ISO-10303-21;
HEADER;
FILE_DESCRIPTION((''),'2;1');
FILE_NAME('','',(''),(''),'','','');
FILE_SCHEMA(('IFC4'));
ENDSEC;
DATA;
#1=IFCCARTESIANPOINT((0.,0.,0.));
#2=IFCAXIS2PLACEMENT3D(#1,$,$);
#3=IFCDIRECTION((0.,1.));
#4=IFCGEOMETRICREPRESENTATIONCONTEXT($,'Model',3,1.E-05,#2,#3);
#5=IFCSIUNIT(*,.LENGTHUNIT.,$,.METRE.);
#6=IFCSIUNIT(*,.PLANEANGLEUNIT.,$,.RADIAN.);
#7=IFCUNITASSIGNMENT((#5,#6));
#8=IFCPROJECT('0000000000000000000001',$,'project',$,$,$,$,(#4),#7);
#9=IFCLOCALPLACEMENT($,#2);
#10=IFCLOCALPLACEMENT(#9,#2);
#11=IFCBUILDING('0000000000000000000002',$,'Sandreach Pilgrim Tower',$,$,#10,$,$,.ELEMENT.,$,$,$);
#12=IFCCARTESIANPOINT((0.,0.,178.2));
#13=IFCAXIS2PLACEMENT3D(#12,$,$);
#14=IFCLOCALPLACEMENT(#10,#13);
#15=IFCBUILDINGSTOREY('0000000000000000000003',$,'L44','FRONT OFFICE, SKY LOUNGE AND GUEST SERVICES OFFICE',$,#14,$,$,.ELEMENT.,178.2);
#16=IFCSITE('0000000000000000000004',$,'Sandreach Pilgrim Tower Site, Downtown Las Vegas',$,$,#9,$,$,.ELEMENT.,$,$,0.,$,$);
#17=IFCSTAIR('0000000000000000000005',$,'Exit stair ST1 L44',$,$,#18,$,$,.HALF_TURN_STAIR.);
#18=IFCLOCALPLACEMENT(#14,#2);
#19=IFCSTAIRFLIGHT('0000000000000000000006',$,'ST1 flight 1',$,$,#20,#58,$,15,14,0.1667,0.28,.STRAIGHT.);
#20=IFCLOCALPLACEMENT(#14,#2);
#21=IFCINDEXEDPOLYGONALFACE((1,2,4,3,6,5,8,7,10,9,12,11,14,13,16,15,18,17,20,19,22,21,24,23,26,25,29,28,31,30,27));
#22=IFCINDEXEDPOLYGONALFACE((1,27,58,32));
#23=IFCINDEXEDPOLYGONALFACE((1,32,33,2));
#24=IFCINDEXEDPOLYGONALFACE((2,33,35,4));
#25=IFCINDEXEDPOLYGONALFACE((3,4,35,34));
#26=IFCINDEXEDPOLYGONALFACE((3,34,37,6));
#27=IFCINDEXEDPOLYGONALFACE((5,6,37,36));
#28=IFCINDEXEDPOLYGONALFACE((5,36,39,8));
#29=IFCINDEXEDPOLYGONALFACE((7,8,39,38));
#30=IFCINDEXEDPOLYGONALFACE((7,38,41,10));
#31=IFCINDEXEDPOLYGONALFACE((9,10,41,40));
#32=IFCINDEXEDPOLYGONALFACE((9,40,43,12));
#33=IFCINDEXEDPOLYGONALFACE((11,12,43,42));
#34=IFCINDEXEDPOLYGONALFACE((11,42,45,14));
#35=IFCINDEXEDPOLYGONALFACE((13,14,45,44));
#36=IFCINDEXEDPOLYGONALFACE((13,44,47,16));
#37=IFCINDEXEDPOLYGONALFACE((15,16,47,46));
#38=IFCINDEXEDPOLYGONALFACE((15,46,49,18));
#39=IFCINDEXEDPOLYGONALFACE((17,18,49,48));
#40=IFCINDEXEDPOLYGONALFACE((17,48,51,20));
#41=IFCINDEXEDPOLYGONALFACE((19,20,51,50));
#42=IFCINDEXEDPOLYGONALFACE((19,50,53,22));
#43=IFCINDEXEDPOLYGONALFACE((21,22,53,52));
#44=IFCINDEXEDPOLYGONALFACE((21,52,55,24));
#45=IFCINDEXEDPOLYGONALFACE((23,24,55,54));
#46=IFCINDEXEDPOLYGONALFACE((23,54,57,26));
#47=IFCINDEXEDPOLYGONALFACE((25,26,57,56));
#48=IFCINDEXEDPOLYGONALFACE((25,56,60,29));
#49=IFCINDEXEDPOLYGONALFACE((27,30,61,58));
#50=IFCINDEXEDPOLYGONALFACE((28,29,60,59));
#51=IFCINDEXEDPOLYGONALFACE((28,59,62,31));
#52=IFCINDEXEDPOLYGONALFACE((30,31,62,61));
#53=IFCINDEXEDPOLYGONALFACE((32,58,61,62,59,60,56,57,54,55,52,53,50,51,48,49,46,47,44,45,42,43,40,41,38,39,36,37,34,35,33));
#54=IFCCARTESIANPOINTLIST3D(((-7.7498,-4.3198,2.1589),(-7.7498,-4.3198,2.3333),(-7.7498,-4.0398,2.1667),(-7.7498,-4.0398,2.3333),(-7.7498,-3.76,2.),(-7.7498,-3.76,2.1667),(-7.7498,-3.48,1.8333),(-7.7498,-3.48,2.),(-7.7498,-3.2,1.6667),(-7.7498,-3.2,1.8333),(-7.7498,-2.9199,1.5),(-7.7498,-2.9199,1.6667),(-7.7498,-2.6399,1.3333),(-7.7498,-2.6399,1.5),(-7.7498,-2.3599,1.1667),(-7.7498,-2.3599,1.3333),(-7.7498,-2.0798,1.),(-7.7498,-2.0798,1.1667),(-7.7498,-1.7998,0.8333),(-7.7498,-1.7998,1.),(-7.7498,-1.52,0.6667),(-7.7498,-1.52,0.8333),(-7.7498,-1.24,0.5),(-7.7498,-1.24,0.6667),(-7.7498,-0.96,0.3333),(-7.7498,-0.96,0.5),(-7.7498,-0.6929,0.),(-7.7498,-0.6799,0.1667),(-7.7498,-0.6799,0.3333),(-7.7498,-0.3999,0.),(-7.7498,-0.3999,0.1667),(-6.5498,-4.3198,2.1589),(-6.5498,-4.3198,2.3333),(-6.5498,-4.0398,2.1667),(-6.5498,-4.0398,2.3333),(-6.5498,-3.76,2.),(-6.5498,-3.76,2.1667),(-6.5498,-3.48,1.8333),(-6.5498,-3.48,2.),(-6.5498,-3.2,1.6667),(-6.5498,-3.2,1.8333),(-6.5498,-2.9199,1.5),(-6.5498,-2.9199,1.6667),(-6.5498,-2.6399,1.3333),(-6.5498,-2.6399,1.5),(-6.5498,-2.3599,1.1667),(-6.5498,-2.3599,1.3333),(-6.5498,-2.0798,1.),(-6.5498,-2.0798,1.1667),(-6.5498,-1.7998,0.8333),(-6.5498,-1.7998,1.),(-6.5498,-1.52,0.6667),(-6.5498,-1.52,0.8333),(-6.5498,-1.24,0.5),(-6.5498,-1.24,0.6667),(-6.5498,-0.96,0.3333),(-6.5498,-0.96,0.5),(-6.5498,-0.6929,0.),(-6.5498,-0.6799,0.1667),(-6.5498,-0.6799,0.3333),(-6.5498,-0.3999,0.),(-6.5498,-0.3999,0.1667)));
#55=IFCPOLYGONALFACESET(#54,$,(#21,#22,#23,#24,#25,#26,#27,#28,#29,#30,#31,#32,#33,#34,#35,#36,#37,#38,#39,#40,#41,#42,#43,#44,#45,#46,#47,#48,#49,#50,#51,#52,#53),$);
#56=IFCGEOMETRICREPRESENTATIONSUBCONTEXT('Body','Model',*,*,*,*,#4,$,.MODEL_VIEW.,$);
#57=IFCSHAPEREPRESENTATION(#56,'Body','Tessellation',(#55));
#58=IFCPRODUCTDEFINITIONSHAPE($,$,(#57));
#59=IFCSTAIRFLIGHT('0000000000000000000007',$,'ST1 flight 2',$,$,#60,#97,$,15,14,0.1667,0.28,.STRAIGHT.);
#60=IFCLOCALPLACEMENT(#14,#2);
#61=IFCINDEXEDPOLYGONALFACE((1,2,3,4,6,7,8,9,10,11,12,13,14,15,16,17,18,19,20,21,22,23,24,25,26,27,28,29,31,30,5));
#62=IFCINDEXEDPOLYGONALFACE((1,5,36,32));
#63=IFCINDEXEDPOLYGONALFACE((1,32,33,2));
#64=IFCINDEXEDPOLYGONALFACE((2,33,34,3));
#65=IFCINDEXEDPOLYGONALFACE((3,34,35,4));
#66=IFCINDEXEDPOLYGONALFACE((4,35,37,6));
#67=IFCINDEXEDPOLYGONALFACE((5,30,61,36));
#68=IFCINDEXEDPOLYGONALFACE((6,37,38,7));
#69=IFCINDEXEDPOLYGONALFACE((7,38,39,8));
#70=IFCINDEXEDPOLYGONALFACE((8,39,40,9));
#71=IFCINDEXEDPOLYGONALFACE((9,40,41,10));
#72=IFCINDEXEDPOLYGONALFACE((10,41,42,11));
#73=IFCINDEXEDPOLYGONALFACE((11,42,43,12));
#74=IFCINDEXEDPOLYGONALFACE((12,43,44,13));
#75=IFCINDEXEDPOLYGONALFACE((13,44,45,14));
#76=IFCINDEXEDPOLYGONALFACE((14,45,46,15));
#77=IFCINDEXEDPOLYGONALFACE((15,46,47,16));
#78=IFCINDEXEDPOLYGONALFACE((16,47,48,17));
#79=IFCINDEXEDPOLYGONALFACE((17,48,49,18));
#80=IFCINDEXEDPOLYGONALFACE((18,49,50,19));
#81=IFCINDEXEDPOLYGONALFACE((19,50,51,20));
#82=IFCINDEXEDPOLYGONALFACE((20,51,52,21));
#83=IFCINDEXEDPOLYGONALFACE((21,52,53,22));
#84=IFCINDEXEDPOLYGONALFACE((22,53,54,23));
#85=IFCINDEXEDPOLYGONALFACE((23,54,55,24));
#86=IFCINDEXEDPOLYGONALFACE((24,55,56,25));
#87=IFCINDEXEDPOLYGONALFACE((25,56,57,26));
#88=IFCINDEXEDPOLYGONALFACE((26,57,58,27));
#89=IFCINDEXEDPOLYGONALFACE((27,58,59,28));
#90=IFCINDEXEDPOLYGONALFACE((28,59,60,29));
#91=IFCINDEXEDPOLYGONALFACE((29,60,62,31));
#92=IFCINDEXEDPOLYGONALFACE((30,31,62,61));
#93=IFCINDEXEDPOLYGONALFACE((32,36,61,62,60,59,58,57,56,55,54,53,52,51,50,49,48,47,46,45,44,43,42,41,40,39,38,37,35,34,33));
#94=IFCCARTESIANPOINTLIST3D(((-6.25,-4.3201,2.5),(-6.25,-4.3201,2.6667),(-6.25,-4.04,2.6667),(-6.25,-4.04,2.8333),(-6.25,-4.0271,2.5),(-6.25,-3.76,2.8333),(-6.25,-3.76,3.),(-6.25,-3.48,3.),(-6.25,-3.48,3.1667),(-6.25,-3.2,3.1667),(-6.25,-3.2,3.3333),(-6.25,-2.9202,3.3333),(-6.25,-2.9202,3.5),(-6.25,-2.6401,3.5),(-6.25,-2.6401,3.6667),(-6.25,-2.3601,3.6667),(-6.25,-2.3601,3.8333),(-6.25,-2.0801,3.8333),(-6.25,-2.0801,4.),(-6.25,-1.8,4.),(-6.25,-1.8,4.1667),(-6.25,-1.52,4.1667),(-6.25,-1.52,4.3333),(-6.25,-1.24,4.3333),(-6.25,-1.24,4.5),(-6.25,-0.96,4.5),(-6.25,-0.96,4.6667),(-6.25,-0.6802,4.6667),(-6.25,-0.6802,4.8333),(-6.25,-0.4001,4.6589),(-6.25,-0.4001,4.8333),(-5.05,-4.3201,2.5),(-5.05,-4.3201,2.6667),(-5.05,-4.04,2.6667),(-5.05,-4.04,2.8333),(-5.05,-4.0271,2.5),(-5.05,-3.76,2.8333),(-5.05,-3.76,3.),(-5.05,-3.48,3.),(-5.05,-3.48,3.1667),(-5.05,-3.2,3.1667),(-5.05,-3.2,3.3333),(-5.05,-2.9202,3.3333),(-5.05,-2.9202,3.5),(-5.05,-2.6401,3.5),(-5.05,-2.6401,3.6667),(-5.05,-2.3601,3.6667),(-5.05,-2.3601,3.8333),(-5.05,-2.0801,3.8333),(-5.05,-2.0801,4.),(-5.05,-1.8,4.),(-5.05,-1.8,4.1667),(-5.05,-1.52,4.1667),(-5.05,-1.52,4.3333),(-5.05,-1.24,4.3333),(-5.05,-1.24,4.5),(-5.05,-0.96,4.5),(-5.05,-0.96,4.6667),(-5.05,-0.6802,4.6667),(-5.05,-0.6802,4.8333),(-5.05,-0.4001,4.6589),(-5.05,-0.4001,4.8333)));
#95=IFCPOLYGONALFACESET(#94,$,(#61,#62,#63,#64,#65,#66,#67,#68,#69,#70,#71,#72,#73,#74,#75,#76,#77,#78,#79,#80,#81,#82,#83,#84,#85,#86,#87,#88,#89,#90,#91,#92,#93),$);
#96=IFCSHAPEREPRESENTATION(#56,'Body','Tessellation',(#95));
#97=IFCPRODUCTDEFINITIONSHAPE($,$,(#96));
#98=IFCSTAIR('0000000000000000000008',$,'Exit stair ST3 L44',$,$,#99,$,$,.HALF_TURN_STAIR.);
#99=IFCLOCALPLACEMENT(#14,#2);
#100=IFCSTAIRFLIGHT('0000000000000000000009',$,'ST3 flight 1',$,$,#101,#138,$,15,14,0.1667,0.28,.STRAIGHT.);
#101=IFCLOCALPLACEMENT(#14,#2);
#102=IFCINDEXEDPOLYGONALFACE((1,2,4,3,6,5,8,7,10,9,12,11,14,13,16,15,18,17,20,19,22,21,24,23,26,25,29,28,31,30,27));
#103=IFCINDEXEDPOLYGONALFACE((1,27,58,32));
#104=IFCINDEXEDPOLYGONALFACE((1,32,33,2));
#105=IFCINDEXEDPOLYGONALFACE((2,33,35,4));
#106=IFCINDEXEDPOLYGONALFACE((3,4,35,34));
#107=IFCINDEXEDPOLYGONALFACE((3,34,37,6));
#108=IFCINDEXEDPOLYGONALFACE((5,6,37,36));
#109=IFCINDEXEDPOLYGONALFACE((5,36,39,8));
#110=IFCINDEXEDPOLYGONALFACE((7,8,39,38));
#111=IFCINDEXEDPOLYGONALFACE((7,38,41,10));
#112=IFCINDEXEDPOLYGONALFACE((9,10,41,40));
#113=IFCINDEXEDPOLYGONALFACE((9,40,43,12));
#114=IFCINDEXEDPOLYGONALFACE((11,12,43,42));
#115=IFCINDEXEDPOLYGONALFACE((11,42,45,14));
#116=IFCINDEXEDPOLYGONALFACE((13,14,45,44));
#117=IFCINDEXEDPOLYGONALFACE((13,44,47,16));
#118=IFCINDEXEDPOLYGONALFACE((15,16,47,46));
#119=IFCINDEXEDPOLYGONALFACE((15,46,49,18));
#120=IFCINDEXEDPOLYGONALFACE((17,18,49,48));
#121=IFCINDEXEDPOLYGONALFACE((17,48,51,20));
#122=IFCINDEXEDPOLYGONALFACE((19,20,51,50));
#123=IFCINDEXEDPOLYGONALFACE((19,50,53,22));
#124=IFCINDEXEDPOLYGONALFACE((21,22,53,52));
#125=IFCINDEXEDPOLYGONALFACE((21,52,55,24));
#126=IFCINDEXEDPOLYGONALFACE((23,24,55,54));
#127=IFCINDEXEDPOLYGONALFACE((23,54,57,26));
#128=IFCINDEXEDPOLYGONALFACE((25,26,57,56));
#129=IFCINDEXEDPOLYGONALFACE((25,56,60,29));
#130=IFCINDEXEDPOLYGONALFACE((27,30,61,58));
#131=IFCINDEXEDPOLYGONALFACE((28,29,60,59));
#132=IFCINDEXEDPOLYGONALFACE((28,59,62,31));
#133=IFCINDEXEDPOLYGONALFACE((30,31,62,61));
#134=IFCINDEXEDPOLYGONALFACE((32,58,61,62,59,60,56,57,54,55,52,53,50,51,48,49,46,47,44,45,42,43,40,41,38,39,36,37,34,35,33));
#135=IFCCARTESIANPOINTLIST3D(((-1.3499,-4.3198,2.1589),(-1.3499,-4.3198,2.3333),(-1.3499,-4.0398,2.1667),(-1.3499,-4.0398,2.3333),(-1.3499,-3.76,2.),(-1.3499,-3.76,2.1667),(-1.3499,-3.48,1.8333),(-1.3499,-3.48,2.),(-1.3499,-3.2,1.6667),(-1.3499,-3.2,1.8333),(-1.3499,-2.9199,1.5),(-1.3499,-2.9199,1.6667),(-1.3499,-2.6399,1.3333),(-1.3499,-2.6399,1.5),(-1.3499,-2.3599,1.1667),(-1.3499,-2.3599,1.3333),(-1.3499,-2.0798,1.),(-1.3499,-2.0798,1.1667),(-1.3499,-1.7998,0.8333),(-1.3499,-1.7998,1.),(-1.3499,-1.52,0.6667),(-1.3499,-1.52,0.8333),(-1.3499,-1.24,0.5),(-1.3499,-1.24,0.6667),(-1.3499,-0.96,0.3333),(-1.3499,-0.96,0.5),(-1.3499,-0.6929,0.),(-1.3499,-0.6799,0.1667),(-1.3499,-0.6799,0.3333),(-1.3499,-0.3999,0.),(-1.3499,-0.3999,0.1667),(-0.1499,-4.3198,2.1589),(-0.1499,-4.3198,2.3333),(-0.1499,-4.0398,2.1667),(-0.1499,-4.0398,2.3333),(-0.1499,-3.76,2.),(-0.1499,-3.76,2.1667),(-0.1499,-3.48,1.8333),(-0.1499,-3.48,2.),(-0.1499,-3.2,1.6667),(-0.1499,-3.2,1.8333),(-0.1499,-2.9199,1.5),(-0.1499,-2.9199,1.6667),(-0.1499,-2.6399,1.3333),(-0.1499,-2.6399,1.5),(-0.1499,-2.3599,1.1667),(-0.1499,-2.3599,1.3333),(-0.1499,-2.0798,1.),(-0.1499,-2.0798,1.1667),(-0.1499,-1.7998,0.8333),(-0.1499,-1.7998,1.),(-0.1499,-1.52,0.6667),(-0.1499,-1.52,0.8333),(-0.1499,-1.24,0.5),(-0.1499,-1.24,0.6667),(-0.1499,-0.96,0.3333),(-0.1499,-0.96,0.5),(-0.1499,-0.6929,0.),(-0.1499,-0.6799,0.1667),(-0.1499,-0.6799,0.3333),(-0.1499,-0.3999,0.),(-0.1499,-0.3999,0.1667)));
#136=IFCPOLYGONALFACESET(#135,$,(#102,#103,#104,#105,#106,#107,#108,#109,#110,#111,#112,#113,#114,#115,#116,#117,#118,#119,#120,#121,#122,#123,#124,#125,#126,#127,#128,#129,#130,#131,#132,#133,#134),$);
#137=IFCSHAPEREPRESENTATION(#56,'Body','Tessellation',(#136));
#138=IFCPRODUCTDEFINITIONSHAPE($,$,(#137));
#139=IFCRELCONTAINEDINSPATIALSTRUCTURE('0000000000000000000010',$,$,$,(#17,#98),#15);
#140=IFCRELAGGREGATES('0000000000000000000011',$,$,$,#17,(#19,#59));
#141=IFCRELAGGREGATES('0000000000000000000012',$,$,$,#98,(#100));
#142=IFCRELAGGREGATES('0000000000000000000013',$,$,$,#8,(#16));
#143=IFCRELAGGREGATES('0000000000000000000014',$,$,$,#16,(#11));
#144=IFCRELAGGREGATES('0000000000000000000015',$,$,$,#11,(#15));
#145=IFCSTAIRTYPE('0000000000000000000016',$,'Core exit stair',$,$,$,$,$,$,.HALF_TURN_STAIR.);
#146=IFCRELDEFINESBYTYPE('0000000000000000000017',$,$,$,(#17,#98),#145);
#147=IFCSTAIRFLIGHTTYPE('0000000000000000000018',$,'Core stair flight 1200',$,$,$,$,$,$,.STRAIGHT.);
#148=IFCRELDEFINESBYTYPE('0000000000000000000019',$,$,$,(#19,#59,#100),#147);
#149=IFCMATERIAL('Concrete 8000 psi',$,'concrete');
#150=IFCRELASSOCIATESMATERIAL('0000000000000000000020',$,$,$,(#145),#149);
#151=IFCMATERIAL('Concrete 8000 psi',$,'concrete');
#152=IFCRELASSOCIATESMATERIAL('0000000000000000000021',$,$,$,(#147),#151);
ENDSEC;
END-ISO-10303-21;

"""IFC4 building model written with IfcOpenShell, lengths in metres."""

from ifc_helpers import new_model, si_unit, direction, frame, origin, place, context, subcontext, project, spatial, polyline, outline, extrude, material, type_object, element, aggregate, save


model = new_model("IFC4")

# Units and contexts
model_context = context("Model", 3, precision=1e-05, world=origin(), true_north=direction((0.0, 1.0)))
body_context = subcontext(model_context, "Body", "Model", "MODEL_VIEW")
ifc_project = project(units=[si_unit("LENGTHUNIT", "METRE"), si_unit("PLANEANGLEUNIT", "RADIAN")], contexts=[model_context])

# Site, building, storey
site_placement = place(None, origin())
site = spatial("IfcSite", under=ifc_project, at=site_placement, Name="Sandreach Pilgrim Tower Site, Downtown Las Vegas", CompositionType="ELEMENT", RefElevation=0.0)
building_placement = place(site_placement, origin())
building = spatial("IfcBuilding", under=site, at=building_placement, Name="Sandreach Pilgrim Tower", CompositionType="ELEMENT")
storey_placement = place(building_placement, frame((0.0, 0.0, 178.2)))
storey = spatial("IfcBuildingStorey", under=building, at=storey_placement, Name="L44", Description="FRONT OFFICE, SKY LOUNGE AND GUEST SERVICES OFFICE", CompositionType="ELEMENT", Elevation=178.2)

# Stair, stair flights
ifc_material_1 = material(Name="Concrete 8000 psi", Category="concrete")
stair_type = type_object("IfcStairType", Name="Core exit stair", PredefinedType="HALF_TURN_STAIR", material=ifc_material_1)
stair_1_placement = place(storey_placement, origin())
stair_1 = element("IfcStair", 1, at=stair_1_placement, inside=storey, type_object=stair_type, Name="Exit stair ST1 L44", PredefinedType="HALF_TURN_STAIR")
ifc_material_2 = material(Name="Concrete 8000 psi", Category="concrete")
stair_flight_type = type_object("IfcStairFlightType", Name="Core stair flight 1200", PredefinedType="STRAIGHT", material=ifc_material_2)
stair_flight_1_placement = place(storey_placement, frame((-7.1499, -0.3999, 0.0), z_axis=(0.0, 0.0, 1.0), x_axis=(0.0, -1.0, 0.0)))
stair_flight_1 = element("IfcStairFlight", 2, at=stair_flight_1_placement, type_object=stair_flight_type, Name="ST1 flight 1", NumberOfRisers=15, NumberOfTreads=14, PredefinedType="STRAIGHT", RiserHeight=0.1667, TreadLength=0.28, context=body_context, shape_type="SweptSolid", body=[
    extrude(outline(polyline([(0.0, 0.0), (0.0, 0.1667), (0.28, 0.1667), (0.28, 0.3333), (0.5601, 0.3333), (0.5601, 0.5), (0.8401, 0.5), (0.8401, 0.6667), (1.1201, 0.6667), (1.1201, 0.8333), (1.3999, 0.8333), (1.3999, 1.0), (1.6799, 1.0), (1.6799, 1.1667), (1.96, 1.1667), (1.96, 1.3333), (2.24, 1.3333), (2.24, 1.5), (2.52, 1.5), (2.52, 1.6667), (2.8, 1.6667), (2.8, 1.8333), (3.0801, 1.8333), (3.0801, 2.0), (3.3601, 2.0), (3.3601, 2.1667), (3.6399, 2.1667), (3.6399, 2.3333), (3.9199, 2.3333), (3.9199, 2.5), (3.9199, 2.1589), (0.293, 0.0), (0.0, 0.0)])), frame((0.0, 0.6001, 0.0), z_axis=(0.0, -1.0, 0.0), x_axis=(1.0, 0.0, 0.0)), (0.0, 0.0, 1.0), 1.2),
])
stair_flight_2_placement = place(storey_placement, frame((-5.6499, -4.3201, 2.5), z_axis=(0.0, 0.0, 1.0), x_axis=(0.0, 1.0, 0.0)))
stair_flight_2 = element("IfcStairFlight", 3, at=stair_flight_2_placement, type_object=stair_flight_type, Name="ST1 flight 2", NumberOfRisers=15, NumberOfTreads=14, PredefinedType="STRAIGHT", RiserHeight=0.1667, TreadLength=0.28, context=body_context, shape_type="SweptSolid", body=[
    extrude(outline(polyline([(0.0, 0.0), (0.0, 0.1667), (0.28, 0.1667), (0.28, 0.3333), (0.5601, 0.3333), (0.5601, 0.5), (0.8401, 0.5), (0.8401, 0.6667), (1.1201, 0.6667), (1.1201, 0.8333), (1.3999, 0.8333), (1.3999, 1.0), (1.6799, 1.0), (1.6799, 1.1667), (1.96, 1.1667), (1.96, 1.3333), (2.24, 1.3333), (2.24, 1.5), (2.52, 1.5), (2.52, 1.6667), (2.8, 1.6667), (2.8, 1.8333), (3.0801, 1.8333), (3.0801, 2.0), (3.3601, 2.0), (3.3601, 2.1667), (3.6399, 2.1667), (3.6399, 2.3333), (3.9199, 2.3333), (3.9199, 2.5), (3.9199, 2.1589), (0.293, 0.0), (0.0, 0.0)])), frame((0.0, 0.6001, 0.0), z_axis=(0.0, -1.0, 0.0), x_axis=(1.0, 0.0, 0.0)), (0.0, 0.0, 1.0), 1.2),
])
aggregate(stair_1, [stair_flight_1, stair_flight_2])

# Stair, stair flight
stair_2_placement = place(storey_placement, origin())
stair_2 = element("IfcStair", 4, at=stair_2_placement, inside=storey, type_object=stair_type, Name="Exit stair ST3 L44", PredefinedType="HALF_TURN_STAIR")
stair_flight_3_placement = place(storey_placement, frame((-0.75, -0.3999, 0.0), z_axis=(0.0, 0.0, 1.0), x_axis=(0.0, -1.0, 0.0)))
stair_flight_3 = element("IfcStairFlight", 5, at=stair_flight_3_placement, type_object=stair_flight_type, Name="ST3 flight 1", NumberOfRisers=15, NumberOfTreads=14, PredefinedType="STRAIGHT", RiserHeight=0.1667, TreadLength=0.28, context=body_context, shape_type="SweptSolid", body=[
    extrude(outline(polyline([(0.0, 0.0), (0.0, 0.1667), (0.28, 0.1667), (0.28, 0.3333), (0.5601, 0.3333), (0.5601, 0.5), (0.8401, 0.5), (0.8401, 0.6667), (1.1201, 0.6667), (1.1201, 0.8333), (1.3999, 0.8333), (1.3999, 1.0), (1.6799, 1.0), (1.6799, 1.1667), (1.96, 1.1667), (1.96, 1.3333), (2.24, 1.3333), (2.24, 1.5), (2.52, 1.5), (2.52, 1.6667), (2.8, 1.6667), (2.8, 1.8333), (3.0801, 1.8333), (3.0801, 2.0), (3.3601, 2.0), (3.3601, 2.1667), (3.6399, 2.1667), (3.6399, 2.3333), (3.9199, 2.3333), (3.9199, 2.5), (3.9199, 2.1589), (0.293, 0.0), (0.0, 0.0)])), frame((0.0, 0.6001, 0.0), z_axis=(0.0, -1.0, 0.0), x_axis=(1.0, 0.0, 0.0)), (0.0, 0.0, 1.0), 1.2),
])
aggregate(stair_2, [stair_flight_3])

save(model, "model.ifc")
